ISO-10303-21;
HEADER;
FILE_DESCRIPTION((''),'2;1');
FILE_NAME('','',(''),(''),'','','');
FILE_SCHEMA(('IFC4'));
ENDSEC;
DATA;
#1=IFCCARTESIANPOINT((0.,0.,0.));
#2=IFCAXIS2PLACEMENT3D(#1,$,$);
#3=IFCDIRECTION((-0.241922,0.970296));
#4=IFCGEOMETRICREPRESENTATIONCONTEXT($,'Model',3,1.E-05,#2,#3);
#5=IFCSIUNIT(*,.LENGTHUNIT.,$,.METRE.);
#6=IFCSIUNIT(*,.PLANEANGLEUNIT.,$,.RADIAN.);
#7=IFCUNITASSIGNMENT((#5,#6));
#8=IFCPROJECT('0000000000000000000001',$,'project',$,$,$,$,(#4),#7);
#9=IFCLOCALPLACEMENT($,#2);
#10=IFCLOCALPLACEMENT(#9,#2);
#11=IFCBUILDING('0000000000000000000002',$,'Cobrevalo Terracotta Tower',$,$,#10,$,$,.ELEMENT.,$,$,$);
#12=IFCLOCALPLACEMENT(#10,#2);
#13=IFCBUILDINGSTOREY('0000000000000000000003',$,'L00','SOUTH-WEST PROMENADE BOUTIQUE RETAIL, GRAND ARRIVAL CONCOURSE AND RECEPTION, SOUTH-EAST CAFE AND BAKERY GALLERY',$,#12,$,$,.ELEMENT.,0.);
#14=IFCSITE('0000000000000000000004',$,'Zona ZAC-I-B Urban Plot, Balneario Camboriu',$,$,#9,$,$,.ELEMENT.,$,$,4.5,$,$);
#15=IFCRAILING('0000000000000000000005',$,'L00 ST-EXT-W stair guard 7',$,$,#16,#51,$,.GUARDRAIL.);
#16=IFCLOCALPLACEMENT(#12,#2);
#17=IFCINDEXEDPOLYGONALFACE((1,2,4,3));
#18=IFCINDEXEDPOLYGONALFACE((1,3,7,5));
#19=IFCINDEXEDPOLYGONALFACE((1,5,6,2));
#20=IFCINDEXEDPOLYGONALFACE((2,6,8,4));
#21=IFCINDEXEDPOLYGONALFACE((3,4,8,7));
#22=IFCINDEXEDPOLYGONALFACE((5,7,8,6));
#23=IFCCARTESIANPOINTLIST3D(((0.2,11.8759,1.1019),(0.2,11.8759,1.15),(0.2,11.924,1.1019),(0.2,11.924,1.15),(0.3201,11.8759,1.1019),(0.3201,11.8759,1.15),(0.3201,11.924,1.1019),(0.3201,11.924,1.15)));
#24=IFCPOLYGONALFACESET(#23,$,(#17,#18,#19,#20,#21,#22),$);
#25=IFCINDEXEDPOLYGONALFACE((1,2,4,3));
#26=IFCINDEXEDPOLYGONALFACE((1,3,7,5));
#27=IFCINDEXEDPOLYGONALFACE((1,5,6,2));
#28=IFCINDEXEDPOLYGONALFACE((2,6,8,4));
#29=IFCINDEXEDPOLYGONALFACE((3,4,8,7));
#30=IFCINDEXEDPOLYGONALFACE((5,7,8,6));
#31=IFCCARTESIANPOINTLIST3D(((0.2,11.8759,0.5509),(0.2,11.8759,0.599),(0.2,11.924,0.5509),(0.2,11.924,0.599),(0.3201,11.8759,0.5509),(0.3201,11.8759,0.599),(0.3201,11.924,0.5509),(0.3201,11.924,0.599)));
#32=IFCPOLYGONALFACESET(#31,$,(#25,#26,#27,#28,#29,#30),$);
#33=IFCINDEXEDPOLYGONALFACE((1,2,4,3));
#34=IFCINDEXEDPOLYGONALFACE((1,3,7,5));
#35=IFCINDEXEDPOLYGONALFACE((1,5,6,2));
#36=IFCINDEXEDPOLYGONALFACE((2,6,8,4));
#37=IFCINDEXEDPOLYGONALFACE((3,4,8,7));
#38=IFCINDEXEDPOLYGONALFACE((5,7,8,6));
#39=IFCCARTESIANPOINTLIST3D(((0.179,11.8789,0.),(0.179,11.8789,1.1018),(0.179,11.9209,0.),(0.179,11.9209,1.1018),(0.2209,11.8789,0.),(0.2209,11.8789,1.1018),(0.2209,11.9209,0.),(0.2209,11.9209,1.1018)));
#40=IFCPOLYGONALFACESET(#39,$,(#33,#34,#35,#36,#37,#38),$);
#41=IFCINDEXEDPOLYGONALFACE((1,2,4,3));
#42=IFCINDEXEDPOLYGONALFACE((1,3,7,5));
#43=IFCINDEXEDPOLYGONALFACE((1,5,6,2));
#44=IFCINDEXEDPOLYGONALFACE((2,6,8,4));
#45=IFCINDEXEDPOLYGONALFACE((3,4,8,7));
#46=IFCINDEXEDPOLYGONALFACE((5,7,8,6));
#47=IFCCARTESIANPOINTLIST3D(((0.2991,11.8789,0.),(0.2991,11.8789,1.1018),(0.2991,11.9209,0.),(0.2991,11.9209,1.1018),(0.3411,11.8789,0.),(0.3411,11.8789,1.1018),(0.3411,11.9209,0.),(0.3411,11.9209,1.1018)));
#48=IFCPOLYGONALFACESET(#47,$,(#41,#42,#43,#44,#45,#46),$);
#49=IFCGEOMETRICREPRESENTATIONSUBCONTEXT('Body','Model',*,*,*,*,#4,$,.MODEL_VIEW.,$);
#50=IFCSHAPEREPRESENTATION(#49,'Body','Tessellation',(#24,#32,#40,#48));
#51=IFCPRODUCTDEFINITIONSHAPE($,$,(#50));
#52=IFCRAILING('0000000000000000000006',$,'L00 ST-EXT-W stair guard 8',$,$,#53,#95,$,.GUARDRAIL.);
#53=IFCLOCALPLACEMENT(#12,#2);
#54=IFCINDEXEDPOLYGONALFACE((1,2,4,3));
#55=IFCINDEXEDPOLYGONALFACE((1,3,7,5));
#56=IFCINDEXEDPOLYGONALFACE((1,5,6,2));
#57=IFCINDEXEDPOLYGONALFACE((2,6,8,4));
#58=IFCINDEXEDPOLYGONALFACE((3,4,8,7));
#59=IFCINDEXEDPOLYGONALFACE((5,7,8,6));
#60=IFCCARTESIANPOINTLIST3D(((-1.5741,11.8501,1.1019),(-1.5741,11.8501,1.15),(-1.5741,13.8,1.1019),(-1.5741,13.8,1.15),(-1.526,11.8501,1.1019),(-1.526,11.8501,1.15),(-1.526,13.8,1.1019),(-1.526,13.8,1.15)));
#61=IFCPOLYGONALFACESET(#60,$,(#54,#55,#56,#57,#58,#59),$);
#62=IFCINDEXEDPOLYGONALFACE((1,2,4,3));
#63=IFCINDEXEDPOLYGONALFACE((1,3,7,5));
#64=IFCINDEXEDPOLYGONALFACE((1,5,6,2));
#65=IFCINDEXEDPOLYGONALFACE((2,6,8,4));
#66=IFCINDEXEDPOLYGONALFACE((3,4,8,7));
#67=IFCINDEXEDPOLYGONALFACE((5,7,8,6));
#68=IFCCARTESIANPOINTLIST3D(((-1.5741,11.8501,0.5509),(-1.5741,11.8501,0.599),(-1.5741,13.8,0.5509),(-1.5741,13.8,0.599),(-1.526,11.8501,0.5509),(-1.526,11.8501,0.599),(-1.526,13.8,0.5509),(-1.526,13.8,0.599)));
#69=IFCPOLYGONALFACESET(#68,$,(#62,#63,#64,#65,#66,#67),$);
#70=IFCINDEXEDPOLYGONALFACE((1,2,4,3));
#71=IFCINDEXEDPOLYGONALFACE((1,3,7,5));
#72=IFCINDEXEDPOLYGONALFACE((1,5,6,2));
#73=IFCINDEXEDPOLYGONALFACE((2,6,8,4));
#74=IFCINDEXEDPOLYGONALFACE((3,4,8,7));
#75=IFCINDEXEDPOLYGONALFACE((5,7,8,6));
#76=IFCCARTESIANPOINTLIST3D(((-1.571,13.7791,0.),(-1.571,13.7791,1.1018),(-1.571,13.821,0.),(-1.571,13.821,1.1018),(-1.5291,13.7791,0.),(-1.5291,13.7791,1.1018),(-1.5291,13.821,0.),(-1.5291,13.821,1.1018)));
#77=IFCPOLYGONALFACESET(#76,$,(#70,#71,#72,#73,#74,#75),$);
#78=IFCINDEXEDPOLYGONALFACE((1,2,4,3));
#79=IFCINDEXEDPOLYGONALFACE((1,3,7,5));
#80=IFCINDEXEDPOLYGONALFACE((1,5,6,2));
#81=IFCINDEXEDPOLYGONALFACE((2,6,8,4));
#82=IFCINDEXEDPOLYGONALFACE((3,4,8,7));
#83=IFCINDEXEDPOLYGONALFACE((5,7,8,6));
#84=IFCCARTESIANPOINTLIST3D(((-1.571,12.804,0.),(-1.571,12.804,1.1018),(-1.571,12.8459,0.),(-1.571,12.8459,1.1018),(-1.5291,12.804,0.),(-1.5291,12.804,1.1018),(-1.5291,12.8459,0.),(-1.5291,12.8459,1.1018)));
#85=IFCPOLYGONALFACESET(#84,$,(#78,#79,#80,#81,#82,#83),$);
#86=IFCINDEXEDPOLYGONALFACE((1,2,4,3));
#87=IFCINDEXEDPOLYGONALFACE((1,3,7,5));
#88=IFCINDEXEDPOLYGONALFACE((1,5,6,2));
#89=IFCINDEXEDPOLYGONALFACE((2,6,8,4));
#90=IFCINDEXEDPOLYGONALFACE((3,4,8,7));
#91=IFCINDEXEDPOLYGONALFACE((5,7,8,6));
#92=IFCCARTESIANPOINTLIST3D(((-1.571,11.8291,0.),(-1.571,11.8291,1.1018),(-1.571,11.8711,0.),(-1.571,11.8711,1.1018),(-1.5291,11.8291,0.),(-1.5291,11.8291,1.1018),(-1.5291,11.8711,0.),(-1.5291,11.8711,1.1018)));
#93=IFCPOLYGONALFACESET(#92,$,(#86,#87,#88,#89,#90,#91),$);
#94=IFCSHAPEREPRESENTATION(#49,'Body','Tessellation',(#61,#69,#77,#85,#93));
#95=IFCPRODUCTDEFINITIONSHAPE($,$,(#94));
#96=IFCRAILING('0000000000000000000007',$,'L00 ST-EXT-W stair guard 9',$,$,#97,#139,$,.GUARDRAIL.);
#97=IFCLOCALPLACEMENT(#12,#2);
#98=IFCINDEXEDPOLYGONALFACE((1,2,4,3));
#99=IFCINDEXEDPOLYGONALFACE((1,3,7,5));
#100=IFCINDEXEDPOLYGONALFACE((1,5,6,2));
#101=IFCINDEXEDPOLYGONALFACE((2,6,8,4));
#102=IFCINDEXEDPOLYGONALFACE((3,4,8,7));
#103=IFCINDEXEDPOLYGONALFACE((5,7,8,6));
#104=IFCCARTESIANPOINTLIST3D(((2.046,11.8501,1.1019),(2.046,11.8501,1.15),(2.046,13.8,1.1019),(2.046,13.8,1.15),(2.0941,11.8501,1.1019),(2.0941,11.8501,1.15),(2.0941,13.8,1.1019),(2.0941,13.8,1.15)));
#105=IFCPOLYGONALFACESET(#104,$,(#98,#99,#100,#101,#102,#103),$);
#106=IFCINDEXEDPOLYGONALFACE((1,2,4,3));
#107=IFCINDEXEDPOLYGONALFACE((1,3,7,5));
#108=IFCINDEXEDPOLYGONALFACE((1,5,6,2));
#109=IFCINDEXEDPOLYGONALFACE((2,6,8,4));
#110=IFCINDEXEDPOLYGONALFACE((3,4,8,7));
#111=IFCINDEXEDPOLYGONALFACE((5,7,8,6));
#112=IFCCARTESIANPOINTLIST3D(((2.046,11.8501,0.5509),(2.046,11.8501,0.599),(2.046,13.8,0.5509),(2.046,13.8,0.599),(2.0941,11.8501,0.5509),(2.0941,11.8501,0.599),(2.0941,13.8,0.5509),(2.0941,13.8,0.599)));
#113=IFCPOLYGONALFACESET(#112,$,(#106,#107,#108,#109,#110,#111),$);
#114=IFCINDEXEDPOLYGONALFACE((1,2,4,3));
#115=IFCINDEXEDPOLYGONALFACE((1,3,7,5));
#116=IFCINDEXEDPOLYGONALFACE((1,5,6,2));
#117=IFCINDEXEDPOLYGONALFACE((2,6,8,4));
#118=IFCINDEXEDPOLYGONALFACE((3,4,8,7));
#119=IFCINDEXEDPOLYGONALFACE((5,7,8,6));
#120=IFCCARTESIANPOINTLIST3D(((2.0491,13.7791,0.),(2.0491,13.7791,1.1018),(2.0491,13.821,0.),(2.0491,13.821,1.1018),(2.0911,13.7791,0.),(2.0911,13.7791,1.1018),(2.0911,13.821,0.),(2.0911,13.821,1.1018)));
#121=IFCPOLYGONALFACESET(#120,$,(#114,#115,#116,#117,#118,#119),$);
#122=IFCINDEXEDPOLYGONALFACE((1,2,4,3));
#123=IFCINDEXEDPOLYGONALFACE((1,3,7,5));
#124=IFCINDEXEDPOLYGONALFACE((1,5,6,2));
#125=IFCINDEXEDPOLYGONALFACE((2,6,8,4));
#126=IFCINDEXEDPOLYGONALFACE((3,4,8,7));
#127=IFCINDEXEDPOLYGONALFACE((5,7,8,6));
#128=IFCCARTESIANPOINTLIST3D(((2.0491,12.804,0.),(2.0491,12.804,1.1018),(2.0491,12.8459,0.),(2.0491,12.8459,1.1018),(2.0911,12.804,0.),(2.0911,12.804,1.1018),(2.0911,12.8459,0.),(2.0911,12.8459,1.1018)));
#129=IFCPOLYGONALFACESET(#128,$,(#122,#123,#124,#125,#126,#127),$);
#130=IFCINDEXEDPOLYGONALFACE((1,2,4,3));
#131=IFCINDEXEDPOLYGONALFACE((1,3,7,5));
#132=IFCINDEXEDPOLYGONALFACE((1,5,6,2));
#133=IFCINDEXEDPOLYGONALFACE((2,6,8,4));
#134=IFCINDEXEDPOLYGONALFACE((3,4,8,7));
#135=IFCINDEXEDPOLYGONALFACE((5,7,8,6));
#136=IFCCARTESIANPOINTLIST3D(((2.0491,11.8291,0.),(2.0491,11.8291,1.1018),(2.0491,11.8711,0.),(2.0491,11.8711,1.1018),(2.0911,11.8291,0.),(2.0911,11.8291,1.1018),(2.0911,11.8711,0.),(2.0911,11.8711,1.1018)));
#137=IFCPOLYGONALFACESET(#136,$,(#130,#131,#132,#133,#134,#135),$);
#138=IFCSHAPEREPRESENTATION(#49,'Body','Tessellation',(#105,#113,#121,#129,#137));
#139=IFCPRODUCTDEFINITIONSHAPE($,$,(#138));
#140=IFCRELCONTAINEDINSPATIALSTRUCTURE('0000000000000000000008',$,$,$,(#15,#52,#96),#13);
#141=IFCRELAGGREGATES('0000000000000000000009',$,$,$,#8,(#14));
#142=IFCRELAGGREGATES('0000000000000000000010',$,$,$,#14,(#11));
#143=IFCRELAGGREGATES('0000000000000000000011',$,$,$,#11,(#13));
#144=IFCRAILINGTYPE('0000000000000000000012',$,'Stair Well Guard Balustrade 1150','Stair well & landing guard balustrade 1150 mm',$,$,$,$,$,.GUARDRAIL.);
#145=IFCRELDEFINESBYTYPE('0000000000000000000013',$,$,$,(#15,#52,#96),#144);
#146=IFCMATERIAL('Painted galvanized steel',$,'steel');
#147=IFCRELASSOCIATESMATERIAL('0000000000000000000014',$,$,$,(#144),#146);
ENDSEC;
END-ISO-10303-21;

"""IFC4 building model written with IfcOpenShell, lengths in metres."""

from ifc_helpers import new_model, si_unit, direction, frame, origin, origin_2d, place, context, subcontext, project, spatial, rectangle, extrude, material, type_object, element, save


model = new_model("IFC4")

# Units and contexts
model_context = context("Model", 3, precision=1e-05, world=origin(), true_north=direction((-0.241922, 0.970296)))
body_context = subcontext(model_context, "Body", "Model", "MODEL_VIEW")
ifc_project = project(units=[si_unit("LENGTHUNIT", "METRE"), si_unit("PLANEANGLEUNIT", "RADIAN")], contexts=[model_context])

# Site, building, storey
site_placement = place(None, origin())
site = spatial("IfcSite", under=ifc_project, at=site_placement, Name="Zona ZAC-I-B Urban Plot, Balneario Camboriu", CompositionType="ELEMENT", RefElevation=4.5)
building_placement = place(site_placement, origin())
building = spatial("IfcBuilding", under=site, at=building_placement, Name="Cobrevalo Terracotta Tower", CompositionType="ELEMENT")
storey_placement = place(building_placement, origin())
storey = spatial("IfcBuildingStorey", under=building, at=storey_placement, Name="L00", Description="SOUTH-WEST PROMENADE BOUTIQUE RETAIL, GRAND ARRIVAL CONCOURSE AND RECEPTION, SOUTH-EAST CAFE AND BAKERY GALLERY", CompositionType="ELEMENT", Elevation=0.0)

# Railings
ifc_material_1 = material(Name="Painted galvanized steel", Category="steel")
railing_type_1 = type_object("IfcRailingType", Name="Stair Well Guard Balustrade 1150", Description="Stair well & landing guard balustrade 1150 mm", PredefinedType="GUARDRAIL", material=ifc_material_1)
railing_1_placement = place(storey_placement, frame((0.2, 11.8999, 0.0)))
element("IfcRailing", 1, at=railing_1_placement, inside=storey, type_object=railing_type_1, Name="L00 ST-EXT-W stair guard 7", PredefinedType="GUARDRAIL", context=body_context, shape_type="SweptSolid", body=[
    extrude(rectangle(XDim=0.0481, YDim=0.0481, at=origin_2d()), frame((0.0, 0.0, 1.126), z_axis=(1.0, 0.0, 0.0), x_axis=(0.0, 1.0, 0.0)), (0.0, 0.0, 1.0), 0.1201),
    extrude(rectangle(XDim=0.0481, YDim=0.0481, at=origin_2d()), frame((0.0, 0.0, 0.575), z_axis=(1.0, 0.0, 0.0), x_axis=(0.0, 1.0, 0.0)), (0.0, 0.0, 1.0), 0.1201),
    extrude(rectangle(XDim=0.042, YDim=0.042, at=origin_2d()), origin(), (0.0, 0.0, 1.0), 1.1018),
    extrude(rectangle(XDim=0.042, YDim=0.042, at=origin_2d()), frame((0.1201, 0.0, 0.0)), (0.0, 0.0, 1.0), 1.1018),
])
for number, where, name in (
    (2, (-1.55, 13.8, 0.0), "L00 ST-EXT-W stair guard 8"),
    (3, (2.0701, 13.8, 0.0), "L00 ST-EXT-W stair guard 9"),
):
    element("IfcRailing", number, at=place(storey_placement, frame(where)), inside=storey, type_object=railing_type_1, Name=name, PredefinedType="GUARDRAIL", context=body_context, shape_type="SweptSolid", body=[
        extrude(rectangle(XDim=0.0481, YDim=0.0481, at=origin_2d()), frame((0.0, 0.0, 1.126), z_axis=(0.0, -1.0, 0.0), x_axis=(1.0, 0.0, 0.0)), (0.0, 0.0, 1.0), 1.95),
        extrude(rectangle(XDim=0.0481, YDim=0.0481, at=origin_2d()), frame((0.0, 0.0, 0.575), z_axis=(0.0, -1.0, 0.0), x_axis=(1.0, 0.0, 0.0)), (0.0, 0.0, 1.0), 1.95),
        extrude(rectangle(XDim=0.042, YDim=0.042, at=origin_2d()), origin(), (0.0, 0.0, 1.0), 1.1018),
        extrude(rectangle(XDim=0.042, YDim=0.042, at=origin_2d()), frame((0.0, -0.9751, 0.0)), (0.0, 0.0, 1.0), 1.1018),
        extrude(rectangle(XDim=0.042, YDim=0.042, at=origin_2d()), frame((0.0, -1.95, 0.0)), (0.0, 0.0, 1.0), 1.1018),
    ])

save(model, "model.ifc")
